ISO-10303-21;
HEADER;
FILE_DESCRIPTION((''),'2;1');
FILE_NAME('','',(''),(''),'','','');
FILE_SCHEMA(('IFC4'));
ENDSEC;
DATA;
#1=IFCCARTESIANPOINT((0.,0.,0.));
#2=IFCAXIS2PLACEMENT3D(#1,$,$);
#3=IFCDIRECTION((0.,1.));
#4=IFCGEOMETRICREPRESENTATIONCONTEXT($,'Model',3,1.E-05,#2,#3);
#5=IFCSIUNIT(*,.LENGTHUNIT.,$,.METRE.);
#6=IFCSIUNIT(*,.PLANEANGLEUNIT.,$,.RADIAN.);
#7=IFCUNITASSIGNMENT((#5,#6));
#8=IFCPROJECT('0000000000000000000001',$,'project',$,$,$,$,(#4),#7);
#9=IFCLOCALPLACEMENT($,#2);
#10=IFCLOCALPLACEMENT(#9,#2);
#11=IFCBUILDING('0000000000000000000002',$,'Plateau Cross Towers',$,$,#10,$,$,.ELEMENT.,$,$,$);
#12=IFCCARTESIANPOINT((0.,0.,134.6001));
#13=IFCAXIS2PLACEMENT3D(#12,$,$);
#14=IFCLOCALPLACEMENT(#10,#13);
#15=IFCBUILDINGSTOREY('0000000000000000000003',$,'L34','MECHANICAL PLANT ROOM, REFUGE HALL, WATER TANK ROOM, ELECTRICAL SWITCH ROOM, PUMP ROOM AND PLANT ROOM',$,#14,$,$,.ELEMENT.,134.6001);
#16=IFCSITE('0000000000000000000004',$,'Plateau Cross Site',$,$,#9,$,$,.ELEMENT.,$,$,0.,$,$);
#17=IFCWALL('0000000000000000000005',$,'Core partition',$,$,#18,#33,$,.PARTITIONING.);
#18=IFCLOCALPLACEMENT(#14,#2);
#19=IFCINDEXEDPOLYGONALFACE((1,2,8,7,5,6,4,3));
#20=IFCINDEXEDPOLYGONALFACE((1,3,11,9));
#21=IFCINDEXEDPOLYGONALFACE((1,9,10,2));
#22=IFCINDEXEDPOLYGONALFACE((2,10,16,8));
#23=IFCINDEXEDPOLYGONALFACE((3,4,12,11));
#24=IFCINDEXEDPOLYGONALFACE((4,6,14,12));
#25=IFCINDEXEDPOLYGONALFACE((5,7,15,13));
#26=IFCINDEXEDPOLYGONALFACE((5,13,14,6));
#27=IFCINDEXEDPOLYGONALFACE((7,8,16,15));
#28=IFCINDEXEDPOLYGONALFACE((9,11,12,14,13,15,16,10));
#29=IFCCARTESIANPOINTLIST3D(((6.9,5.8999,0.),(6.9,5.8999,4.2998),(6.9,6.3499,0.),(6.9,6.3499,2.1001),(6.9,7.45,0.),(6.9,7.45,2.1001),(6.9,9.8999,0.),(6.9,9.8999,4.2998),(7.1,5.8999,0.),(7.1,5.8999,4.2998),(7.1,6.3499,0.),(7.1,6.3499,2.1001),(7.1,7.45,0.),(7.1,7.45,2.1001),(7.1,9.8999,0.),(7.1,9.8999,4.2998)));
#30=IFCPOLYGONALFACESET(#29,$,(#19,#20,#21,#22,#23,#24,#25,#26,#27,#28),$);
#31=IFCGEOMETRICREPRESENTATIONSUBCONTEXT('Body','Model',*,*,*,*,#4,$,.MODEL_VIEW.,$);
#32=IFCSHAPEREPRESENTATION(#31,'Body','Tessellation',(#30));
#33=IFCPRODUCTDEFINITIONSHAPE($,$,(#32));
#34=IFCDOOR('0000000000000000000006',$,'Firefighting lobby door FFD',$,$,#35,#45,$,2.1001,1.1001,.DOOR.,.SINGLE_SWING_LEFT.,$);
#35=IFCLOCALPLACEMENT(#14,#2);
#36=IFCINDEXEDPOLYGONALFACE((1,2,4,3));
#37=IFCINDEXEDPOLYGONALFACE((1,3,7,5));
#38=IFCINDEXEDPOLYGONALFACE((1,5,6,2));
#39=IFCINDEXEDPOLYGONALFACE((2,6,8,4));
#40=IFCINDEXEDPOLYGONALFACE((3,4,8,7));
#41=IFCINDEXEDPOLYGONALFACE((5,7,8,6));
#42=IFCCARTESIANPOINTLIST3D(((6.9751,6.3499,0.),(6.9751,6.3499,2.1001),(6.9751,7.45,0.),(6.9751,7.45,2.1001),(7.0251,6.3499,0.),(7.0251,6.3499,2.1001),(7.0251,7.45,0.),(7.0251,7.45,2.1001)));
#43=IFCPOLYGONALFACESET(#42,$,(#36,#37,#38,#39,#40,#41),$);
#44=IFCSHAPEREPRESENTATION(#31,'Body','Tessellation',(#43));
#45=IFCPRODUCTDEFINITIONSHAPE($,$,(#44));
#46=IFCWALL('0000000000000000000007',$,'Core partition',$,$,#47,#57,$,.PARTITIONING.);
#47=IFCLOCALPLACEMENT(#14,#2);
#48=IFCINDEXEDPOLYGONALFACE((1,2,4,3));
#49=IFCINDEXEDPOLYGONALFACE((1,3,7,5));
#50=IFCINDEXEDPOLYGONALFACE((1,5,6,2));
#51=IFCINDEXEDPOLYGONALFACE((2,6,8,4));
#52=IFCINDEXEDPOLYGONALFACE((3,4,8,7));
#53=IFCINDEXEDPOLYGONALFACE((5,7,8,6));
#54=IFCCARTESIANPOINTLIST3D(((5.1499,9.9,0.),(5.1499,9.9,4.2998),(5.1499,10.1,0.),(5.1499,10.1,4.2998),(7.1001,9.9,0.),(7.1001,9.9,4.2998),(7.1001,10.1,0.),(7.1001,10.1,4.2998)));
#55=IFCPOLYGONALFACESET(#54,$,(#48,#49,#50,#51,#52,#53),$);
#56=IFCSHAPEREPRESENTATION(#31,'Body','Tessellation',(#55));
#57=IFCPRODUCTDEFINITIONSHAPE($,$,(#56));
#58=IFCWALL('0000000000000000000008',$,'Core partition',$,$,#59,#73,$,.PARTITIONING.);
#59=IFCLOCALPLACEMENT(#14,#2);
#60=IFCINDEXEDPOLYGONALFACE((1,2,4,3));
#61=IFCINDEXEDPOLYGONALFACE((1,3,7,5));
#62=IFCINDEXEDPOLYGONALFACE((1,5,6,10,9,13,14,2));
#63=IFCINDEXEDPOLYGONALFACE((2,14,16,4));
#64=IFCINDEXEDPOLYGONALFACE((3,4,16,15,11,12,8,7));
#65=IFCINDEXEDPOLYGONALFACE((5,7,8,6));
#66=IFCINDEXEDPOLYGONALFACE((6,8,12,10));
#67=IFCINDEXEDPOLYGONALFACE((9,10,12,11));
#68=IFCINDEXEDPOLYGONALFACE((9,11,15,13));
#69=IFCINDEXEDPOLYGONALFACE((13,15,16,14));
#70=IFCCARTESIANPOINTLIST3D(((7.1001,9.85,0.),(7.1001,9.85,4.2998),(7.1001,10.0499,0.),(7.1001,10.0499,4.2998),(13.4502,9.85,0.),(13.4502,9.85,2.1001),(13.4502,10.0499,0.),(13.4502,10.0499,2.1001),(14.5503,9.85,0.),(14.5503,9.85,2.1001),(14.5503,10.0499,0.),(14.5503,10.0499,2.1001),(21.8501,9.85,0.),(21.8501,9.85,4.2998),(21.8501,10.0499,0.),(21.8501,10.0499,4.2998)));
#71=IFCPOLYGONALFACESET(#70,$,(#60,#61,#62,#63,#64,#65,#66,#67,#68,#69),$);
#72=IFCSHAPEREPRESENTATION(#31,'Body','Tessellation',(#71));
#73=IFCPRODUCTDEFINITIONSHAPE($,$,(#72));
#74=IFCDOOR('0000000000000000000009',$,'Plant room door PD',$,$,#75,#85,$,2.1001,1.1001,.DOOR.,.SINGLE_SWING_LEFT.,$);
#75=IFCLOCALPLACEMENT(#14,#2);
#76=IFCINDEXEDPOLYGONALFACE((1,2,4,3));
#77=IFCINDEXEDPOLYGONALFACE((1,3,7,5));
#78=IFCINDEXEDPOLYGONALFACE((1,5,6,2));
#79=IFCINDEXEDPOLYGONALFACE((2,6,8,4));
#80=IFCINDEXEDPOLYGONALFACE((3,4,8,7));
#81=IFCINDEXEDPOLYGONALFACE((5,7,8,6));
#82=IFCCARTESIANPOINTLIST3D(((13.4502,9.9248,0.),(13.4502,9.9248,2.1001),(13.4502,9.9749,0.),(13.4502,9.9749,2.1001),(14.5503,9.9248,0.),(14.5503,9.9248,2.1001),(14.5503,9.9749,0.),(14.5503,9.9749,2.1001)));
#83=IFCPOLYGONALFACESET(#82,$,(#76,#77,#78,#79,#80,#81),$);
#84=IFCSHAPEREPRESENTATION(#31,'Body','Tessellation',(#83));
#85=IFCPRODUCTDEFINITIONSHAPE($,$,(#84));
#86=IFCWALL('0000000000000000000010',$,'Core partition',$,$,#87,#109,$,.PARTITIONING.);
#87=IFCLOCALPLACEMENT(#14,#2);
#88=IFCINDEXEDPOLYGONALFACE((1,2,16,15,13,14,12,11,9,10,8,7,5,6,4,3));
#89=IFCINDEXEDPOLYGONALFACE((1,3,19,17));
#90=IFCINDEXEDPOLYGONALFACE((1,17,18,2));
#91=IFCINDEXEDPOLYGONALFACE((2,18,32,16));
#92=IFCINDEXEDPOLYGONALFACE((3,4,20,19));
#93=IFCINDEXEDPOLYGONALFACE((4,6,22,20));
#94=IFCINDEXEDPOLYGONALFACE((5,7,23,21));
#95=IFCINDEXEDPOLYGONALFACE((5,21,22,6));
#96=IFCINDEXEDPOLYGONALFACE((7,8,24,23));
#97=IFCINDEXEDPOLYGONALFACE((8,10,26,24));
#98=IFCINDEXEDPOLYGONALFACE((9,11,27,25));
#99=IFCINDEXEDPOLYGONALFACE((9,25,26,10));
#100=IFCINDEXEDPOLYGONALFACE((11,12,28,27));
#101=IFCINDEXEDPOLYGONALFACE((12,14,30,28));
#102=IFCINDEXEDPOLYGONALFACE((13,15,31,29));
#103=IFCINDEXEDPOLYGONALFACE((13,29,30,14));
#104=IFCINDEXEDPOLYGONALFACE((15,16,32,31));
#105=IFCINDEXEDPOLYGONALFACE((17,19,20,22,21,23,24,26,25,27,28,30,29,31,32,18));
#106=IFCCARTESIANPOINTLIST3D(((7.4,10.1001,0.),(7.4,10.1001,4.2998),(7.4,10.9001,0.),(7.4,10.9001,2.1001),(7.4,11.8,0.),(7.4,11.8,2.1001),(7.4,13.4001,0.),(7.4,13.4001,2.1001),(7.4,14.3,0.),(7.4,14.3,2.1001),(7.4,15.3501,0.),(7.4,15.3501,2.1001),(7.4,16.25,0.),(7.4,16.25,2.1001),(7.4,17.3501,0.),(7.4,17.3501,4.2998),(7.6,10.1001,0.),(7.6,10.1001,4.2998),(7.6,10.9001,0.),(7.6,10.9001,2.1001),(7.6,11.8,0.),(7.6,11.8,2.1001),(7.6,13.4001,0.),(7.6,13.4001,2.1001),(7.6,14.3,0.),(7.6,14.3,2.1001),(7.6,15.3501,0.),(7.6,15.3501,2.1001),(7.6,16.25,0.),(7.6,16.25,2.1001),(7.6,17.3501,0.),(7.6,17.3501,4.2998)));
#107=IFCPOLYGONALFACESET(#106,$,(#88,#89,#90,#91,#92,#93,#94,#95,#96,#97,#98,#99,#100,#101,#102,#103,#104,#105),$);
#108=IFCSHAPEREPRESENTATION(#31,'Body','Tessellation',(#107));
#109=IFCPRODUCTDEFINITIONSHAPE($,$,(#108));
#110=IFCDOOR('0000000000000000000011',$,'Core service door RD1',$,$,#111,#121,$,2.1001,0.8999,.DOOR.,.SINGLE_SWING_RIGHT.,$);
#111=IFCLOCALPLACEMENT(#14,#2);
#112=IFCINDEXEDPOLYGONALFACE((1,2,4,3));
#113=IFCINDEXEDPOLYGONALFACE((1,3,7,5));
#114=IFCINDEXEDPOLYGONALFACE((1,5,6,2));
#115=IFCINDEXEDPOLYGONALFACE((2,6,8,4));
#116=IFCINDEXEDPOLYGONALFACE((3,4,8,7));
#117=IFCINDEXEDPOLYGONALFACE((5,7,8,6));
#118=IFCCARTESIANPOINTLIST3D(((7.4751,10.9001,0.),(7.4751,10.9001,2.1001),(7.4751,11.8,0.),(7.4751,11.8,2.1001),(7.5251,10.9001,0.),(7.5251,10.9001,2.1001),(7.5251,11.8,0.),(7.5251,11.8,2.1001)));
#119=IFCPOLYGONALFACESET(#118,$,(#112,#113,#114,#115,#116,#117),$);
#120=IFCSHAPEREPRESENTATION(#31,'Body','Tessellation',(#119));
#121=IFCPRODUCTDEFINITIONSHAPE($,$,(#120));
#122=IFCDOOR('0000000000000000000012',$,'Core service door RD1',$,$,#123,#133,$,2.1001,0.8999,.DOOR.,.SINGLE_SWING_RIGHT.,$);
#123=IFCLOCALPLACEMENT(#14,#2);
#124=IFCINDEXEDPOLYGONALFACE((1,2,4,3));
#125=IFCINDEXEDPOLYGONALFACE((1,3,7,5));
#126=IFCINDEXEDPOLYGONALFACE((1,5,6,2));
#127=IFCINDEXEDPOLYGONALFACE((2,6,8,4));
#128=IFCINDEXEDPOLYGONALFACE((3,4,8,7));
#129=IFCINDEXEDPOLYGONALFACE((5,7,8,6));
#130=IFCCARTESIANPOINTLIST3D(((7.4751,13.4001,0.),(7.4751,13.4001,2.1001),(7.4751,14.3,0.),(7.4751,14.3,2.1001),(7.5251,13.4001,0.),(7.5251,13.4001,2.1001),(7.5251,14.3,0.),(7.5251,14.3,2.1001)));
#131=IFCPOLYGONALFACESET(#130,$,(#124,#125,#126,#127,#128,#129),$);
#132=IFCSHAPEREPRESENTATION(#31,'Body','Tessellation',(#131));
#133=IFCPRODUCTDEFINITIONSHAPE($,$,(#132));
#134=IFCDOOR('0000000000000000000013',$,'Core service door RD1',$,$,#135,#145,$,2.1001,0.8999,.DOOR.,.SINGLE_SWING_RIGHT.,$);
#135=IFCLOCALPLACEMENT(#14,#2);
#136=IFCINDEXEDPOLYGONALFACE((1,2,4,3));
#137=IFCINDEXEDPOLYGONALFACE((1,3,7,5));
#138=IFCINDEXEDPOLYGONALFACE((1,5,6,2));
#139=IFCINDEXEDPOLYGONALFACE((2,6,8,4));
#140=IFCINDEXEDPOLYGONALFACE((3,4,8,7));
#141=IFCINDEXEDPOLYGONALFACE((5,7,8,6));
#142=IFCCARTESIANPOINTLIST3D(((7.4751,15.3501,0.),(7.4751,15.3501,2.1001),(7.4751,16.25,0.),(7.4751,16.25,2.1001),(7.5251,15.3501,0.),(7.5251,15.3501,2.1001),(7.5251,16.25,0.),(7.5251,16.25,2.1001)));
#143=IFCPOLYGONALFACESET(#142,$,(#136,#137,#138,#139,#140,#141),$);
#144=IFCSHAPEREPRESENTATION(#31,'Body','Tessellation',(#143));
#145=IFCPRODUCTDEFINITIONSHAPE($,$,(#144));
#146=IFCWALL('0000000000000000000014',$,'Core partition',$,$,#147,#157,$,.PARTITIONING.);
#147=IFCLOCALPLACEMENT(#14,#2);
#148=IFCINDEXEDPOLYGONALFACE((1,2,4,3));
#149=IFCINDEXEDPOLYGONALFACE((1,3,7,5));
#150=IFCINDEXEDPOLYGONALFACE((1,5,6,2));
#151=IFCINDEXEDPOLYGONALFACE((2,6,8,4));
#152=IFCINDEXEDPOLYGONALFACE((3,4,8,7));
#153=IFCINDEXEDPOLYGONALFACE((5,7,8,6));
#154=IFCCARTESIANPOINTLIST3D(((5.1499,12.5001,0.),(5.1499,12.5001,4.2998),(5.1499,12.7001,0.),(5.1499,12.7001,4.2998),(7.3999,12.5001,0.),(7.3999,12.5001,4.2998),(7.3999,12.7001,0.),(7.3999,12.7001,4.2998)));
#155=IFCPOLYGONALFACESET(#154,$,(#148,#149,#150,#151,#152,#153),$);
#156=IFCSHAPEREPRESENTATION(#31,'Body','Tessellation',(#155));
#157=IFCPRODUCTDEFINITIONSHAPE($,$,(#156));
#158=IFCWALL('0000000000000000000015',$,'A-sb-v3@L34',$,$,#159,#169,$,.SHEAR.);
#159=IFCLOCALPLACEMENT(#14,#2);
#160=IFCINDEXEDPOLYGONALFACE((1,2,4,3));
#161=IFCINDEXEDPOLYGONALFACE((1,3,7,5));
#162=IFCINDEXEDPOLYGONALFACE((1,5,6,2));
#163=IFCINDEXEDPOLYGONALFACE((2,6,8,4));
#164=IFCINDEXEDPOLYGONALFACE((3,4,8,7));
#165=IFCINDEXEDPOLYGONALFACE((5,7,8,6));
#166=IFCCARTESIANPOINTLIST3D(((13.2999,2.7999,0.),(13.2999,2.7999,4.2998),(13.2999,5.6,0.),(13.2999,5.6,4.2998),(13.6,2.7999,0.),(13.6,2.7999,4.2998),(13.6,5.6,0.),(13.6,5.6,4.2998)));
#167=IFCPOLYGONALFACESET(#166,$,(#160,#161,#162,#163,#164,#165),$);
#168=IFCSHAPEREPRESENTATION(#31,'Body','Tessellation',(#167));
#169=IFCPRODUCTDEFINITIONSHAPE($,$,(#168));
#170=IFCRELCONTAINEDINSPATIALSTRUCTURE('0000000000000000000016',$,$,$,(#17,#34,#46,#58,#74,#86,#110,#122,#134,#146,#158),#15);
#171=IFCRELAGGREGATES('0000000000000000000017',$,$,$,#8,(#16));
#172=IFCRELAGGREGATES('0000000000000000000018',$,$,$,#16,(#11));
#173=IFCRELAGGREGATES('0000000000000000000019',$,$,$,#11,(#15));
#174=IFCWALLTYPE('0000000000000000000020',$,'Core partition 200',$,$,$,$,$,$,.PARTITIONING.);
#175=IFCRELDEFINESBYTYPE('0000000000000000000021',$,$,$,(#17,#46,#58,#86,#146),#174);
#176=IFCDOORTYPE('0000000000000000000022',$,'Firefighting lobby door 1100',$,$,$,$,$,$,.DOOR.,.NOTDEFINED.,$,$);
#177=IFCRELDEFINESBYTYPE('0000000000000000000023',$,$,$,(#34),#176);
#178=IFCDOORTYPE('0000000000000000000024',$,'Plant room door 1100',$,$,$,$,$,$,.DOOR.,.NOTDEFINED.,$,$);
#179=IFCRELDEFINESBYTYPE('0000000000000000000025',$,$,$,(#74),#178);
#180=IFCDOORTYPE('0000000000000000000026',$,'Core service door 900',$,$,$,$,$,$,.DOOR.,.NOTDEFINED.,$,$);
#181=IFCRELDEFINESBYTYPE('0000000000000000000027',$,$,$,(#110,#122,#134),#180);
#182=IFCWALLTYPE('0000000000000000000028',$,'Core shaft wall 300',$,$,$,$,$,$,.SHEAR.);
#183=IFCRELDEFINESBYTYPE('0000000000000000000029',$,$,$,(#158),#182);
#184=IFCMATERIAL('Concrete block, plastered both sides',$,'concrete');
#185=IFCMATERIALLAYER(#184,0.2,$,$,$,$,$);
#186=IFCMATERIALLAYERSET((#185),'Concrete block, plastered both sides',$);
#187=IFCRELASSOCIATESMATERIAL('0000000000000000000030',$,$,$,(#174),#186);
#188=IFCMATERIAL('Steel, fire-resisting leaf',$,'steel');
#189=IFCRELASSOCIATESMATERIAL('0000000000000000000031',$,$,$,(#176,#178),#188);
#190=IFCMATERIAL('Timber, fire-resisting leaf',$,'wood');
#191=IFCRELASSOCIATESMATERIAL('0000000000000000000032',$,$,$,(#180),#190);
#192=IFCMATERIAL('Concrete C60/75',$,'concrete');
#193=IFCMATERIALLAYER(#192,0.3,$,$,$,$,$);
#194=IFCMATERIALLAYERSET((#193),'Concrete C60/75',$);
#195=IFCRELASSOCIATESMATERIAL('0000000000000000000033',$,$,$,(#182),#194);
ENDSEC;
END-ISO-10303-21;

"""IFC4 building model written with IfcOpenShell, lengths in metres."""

from ifc_helpers import new_model, si_unit, direction, frame, frame_2d, origin, place, context, subcontext, project, spatial, rectangle, extrude, material, layer, layer_set, type_object, element, fill, save


model = new_model("IFC4")

# Units and contexts
model_context = context("Model", 3, precision=1e-05, world=origin(), true_north=direction((0.0, 1.0)))
body_context = subcontext(model_context, "Body", "Model", "MODEL_VIEW")
ifc_project = project(units=[si_unit("LENGTHUNIT", "METRE"), si_unit("PLANEANGLEUNIT", "RADIAN")], contexts=[model_context])

# Site, building, storey
site_placement = place(None, origin())
site = spatial("IfcSite", under=ifc_project, at=site_placement, Name="Plateau Cross Site", CompositionType="ELEMENT", RefElevation=0.0)
building_placement = place(site_placement, origin())
building = spatial("IfcBuilding", under=site, at=building_placement, Name="Plateau Cross Towers", CompositionType="ELEMENT")
storey_placement = place(building_placement, frame((0.0, 0.0, 134.6001)))
storey = spatial("IfcBuildingStorey", under=building, at=storey_placement, Name="L34", Description="MECHANICAL PLANT ROOM, REFUGE HALL, WATER TANK ROOM, ELECTRICAL SWITCH ROOM, PUMP ROOM AND PLANT ROOM", CompositionType="ELEMENT", Elevation=134.6001)

# Wall, opening, door
ifc_material_1 = material(Name="Concrete block, plastered both sides", Category="concrete")
ifc_layer_1 = layer(ifc_material_1, 0.2)
ifc_layer_set_1 = layer_set([ifc_layer_1], Name="Concrete block, plastered both sides")
wall_type_1 = type_object("IfcWallType", Name="Core partition 200", PredefinedType="PARTITIONING", material=ifc_layer_set_1)
wall_1_placement = place(storey_placement, frame((7.0, 5.8999, 0.0), z_axis=(0.0, 0.0, 1.0), x_axis=(0.0, 1.0, 0.0)))
wall_1 = element("IfcWall", 1, at=wall_1_placement, inside=storey, type_object=wall_type_1, Name="Core partition", PredefinedType="PARTITIONING", context=body_context, shape_type="SweptSolid", body=[
    extrude(rectangle(XDim=4.0, YDim=0.2, at=frame_2d((2.0, 0.0))), origin(), (0.0, 0.0, 1.0), 4.2998),
])
opening_1_placement = place(wall_1_placement, frame((0.45, 0.0, 0.0)))
opening_1 = element("IfcOpeningElement", 2, at=opening_1_placement, cuts=wall_1, PredefinedType="OPENING", context=body_context, shape_type="SweptSolid", body=[
    extrude(rectangle(XDim=1.1001, YDim=2.1001, at=frame_2d((0.55, 1.05))), frame((0.0, 0.1099, 0.0), z_axis=(0.0, -1.0, 0.0), x_axis=(1.0, 0.0, 0.0)), (0.0, 0.0, 1.0), 0.22),
])
ifc_material_2 = material(Name="Steel, fire-resisting leaf", Category="steel")
door_type_1 = type_object("IfcDoorType", Name="Firefighting lobby door 1100", OperationType="NOTDEFINED", PredefinedType="DOOR", material=ifc_material_2)
door_1_placement = place(opening_1_placement, origin())
door_1 = element("IfcDoor", 3, at=door_1_placement, inside=storey, type_object=door_type_1, Name="Firefighting lobby door FFD", OperationType="SINGLE_SWING_LEFT", OverallHeight=2.1001, OverallWidth=1.1001, PredefinedType="DOOR", context=body_context, shape_type="SweptSolid", body=[
    extrude(rectangle(XDim=1.1001, YDim=2.1001, at=frame_2d((0.55, 1.05))), frame((0.0, 0.0249, 0.0), z_axis=(0.0, -1.0, 0.0), x_axis=(1.0, 0.0, 0.0)), (0.0, 0.0, 1.0), 0.05),
])
fill(opening_1, door_1)

# Wall
wall_2_placement = place(storey_placement, frame((5.1499, 10.0, 0.0), z_axis=(0.0, 0.0, 1.0), x_axis=(1.0, 0.0, 0.0)))
element("IfcWall", 4, at=wall_2_placement, inside=storey, type_object=wall_type_1, Name="Core partition", PredefinedType="PARTITIONING", context=body_context, shape_type="SweptSolid", body=[
    extrude(rectangle(XDim=1.9502, YDim=0.2, at=frame_2d((0.9751, 0.0))), origin(), (0.0, 0.0, 1.0), 4.2998),
])

# Wall, opening, door
wall_3_placement = place(storey_placement, frame((7.1001, 9.95, 0.0), z_axis=(0.0, 0.0, 1.0), x_axis=(1.0, 0.0, 0.0)))
wall_3 = element("IfcWall", 5, at=wall_3_placement, inside=storey, type_object=wall_type_1, Name="Core partition", PredefinedType="PARTITIONING", context=body_context, shape_type="SweptSolid", body=[
    extrude(rectangle(XDim=14.75, YDim=0.2, at=frame_2d((7.375, 0.0))), origin(), (0.0, 0.0, 1.0), 4.2998),
])
opening_2_placement = place(wall_3_placement, frame((6.3501, 0.0, 0.0)))
opening_2 = element("IfcOpeningElement", 6, at=opening_2_placement, cuts=wall_3, PredefinedType="OPENING", context=body_context, shape_type="SweptSolid", body=[
    extrude(rectangle(XDim=1.1001, YDim=2.1001, at=frame_2d((0.55, 1.05))), frame((0.0, 0.1099, 0.0), z_axis=(0.0, -1.0, 0.0), x_axis=(1.0, 0.0, 0.0)), (0.0, 0.0, 1.0), 0.22),
])
door_type_2 = type_object("IfcDoorType", Name="Plant room door 1100", OperationType="NOTDEFINED", PredefinedType="DOOR", material=ifc_material_2)
door_2_placement = place(opening_2_placement, origin())
door_2 = element("IfcDoor", 7, at=door_2_placement, inside=storey, type_object=door_type_2, Name="Plant room door PD", OperationType="SINGLE_SWING_LEFT", OverallHeight=2.1001, OverallWidth=1.1001, PredefinedType="DOOR", context=body_context, shape_type="SweptSolid", body=[
    extrude(rectangle(XDim=1.1001, YDim=2.1001, at=frame_2d((0.55, 1.05))), frame((0.0, 0.0249, 0.0), z_axis=(0.0, -1.0, 0.0), x_axis=(1.0, 0.0, 0.0)), (0.0, 0.0, 1.0), 0.05),
])
fill(opening_2, door_2)

# Wall, openings, doors
wall_4_placement = place(storey_placement, frame((7.5, 10.1001, 0.0), z_axis=(0.0, 0.0, 1.0), x_axis=(0.0, 1.0, 0.0)))
wall_4 = element("IfcWall", 8, at=wall_4_placement, inside=storey, type_object=wall_type_1, Name="Core partition", PredefinedType="PARTITIONING", context=body_context, shape_type="SweptSolid", body=[
    extrude(rectangle(XDim=7.25, YDim=0.2, at=frame_2d((3.625, 0.0))), origin(), (0.0, 0.0, 1.0), 4.2998),
])
opening_3_placement = place(wall_4_placement, frame((0.8, 0.0, 0.0)))
opening_3 = element("IfcOpeningElement", 9, at=opening_3_placement, cuts=wall_4, PredefinedType="OPENING", context=body_context, shape_type="SweptSolid", body=[
    extrude(rectangle(XDim=0.8999, YDim=2.1001, at=frame_2d((0.45, 1.05))), frame((0.0, 0.1099, 0.0), z_axis=(0.0, -1.0, 0.0), x_axis=(1.0, 0.0, 0.0)), (0.0, 0.0, 1.0), 0.22),
])
opening_4_placement = place(wall_4_placement, frame((3.3, 0.0, 0.0)))
opening_4 = element("IfcOpeningElement", 10, at=opening_4_placement, cuts=wall_4, PredefinedType="OPENING", context=body_context, shape_type="SweptSolid", body=[
    extrude(rectangle(XDim=0.8999, YDim=2.1001, at=frame_2d((0.45, 1.05))), frame((0.0, 0.1099, 0.0), z_axis=(0.0, -1.0, 0.0), x_axis=(1.0, 0.0, 0.0)), (0.0, 0.0, 1.0), 0.22),
])
opening_5_placement = place(wall_4_placement, frame((5.25, 0.0, 0.0)))
opening_5 = element("IfcOpeningElement", 11, at=opening_5_placement, cuts=wall_4, PredefinedType="OPENING", context=body_context, shape_type="SweptSolid", body=[
    extrude(rectangle(XDim=0.8999, YDim=2.1001, at=frame_2d((0.45, 1.05))), frame((0.0, 0.1099, 0.0), z_axis=(0.0, -1.0, 0.0), x_axis=(1.0, 0.0, 0.0)), (0.0, 0.0, 1.0), 0.22),
])
ifc_material_3 = material(Name="Timber, fire-resisting leaf", Category="wood")
door_type_3 = type_object("IfcDoorType", Name="Core service door 900", OperationType="NOTDEFINED", PredefinedType="DOOR", material=ifc_material_3)
door_3_placement = place(opening_3_placement, origin())
door_3 = element("IfcDoor", 12, at=door_3_placement, inside=storey, type_object=door_type_3, Name="Core service door RD1", OperationType="SINGLE_SWING_RIGHT", OverallHeight=2.1001, OverallWidth=0.8999, PredefinedType="DOOR", context=body_context, shape_type="SweptSolid", body=[
    extrude(rectangle(XDim=0.8999, YDim=2.1001, at=frame_2d((0.45, 1.05))), frame((0.0, 0.0249, 0.0), z_axis=(0.0, -1.0, 0.0), x_axis=(1.0, 0.0, 0.0)), (0.0, 0.0, 1.0), 0.05),
])
fill(opening_3, door_3)
door_4_placement = place(opening_4_placement, origin())
door_4 = element("IfcDoor", 13, at=door_4_placement, inside=storey, type_object=door_type_3, Name="Core service door RD1", OperationType="SINGLE_SWING_RIGHT", OverallHeight=2.1001, OverallWidth=0.8999, PredefinedType="DOOR", context=body_context, shape_type="SweptSolid", body=[
    extrude(rectangle(XDim=0.8999, YDim=2.1001, at=frame_2d((0.45, 1.05))), frame((0.0, 0.0249, 0.0), z_axis=(0.0, -1.0, 0.0), x_axis=(1.0, 0.0, 0.0)), (0.0, 0.0, 1.0), 0.05),
])
fill(opening_4, door_4)
door_5_placement = place(opening_5_placement, origin())
door_5 = element("IfcDoor", 14, at=door_5_placement, inside=storey, type_object=door_type_3, Name="Core service door RD1", OperationType="SINGLE_SWING_RIGHT", OverallHeight=2.1001, OverallWidth=0.8999, PredefinedType="DOOR", context=body_context, shape_type="SweptSolid", body=[
    extrude(rectangle(XDim=0.8999, YDim=2.1001, at=frame_2d((0.45, 1.05))), frame((0.0, 0.0249, 0.0), z_axis=(0.0, -1.0, 0.0), x_axis=(1.0, 0.0, 0.0)), (0.0, 0.0, 1.0), 0.05),
])
fill(opening_5, door_5)

# Walls
wall_5_placement = place(storey_placement, frame((5.1499, 12.6001, 0.0), z_axis=(0.0, 0.0, 1.0), x_axis=(1.0, 0.0, 0.0)))
element("IfcWall", 15, at=wall_5_placement, inside=storey, type_object=wall_type_1, Name="Core partition", PredefinedType="PARTITIONING", context=body_context, shape_type="SweptSolid", body=[
    extrude(rectangle(XDim=2.25, YDim=0.2, at=frame_2d((1.125, 0.0))), origin(), (0.0, 0.0, 1.0), 4.2998),
])
ifc_material_4 = material(Name="Concrete C60/75", Category="concrete")
ifc_layer_2 = layer(ifc_material_4, 0.3)
ifc_layer_set_2 = layer_set([ifc_layer_2], Name="Concrete C60/75")
wall_type_2 = type_object("IfcWallType", Name="Core shaft wall 300", PredefinedType="SHEAR", material=ifc_layer_set_2)
wall_6_placement = place(storey_placement, frame((13.45, 2.8, 0.0), z_axis=(0.0, 0.0, 1.0), x_axis=(0.0, 1.0, 0.0)))
element("IfcWall", 16, at=wall_6_placement, inside=storey, type_object=wall_type_2, Name="A-sb-v3@L34", PredefinedType="SHEAR", context=body_context, shape_type="SweptSolid", body=[
    extrude(rectangle(XDim=2.8, YDim=0.3, at=frame_2d((1.3999, 0.0))), origin(), (0.0, 0.0, 1.0), 4.2998),
])

save(model, "model.ifc")
